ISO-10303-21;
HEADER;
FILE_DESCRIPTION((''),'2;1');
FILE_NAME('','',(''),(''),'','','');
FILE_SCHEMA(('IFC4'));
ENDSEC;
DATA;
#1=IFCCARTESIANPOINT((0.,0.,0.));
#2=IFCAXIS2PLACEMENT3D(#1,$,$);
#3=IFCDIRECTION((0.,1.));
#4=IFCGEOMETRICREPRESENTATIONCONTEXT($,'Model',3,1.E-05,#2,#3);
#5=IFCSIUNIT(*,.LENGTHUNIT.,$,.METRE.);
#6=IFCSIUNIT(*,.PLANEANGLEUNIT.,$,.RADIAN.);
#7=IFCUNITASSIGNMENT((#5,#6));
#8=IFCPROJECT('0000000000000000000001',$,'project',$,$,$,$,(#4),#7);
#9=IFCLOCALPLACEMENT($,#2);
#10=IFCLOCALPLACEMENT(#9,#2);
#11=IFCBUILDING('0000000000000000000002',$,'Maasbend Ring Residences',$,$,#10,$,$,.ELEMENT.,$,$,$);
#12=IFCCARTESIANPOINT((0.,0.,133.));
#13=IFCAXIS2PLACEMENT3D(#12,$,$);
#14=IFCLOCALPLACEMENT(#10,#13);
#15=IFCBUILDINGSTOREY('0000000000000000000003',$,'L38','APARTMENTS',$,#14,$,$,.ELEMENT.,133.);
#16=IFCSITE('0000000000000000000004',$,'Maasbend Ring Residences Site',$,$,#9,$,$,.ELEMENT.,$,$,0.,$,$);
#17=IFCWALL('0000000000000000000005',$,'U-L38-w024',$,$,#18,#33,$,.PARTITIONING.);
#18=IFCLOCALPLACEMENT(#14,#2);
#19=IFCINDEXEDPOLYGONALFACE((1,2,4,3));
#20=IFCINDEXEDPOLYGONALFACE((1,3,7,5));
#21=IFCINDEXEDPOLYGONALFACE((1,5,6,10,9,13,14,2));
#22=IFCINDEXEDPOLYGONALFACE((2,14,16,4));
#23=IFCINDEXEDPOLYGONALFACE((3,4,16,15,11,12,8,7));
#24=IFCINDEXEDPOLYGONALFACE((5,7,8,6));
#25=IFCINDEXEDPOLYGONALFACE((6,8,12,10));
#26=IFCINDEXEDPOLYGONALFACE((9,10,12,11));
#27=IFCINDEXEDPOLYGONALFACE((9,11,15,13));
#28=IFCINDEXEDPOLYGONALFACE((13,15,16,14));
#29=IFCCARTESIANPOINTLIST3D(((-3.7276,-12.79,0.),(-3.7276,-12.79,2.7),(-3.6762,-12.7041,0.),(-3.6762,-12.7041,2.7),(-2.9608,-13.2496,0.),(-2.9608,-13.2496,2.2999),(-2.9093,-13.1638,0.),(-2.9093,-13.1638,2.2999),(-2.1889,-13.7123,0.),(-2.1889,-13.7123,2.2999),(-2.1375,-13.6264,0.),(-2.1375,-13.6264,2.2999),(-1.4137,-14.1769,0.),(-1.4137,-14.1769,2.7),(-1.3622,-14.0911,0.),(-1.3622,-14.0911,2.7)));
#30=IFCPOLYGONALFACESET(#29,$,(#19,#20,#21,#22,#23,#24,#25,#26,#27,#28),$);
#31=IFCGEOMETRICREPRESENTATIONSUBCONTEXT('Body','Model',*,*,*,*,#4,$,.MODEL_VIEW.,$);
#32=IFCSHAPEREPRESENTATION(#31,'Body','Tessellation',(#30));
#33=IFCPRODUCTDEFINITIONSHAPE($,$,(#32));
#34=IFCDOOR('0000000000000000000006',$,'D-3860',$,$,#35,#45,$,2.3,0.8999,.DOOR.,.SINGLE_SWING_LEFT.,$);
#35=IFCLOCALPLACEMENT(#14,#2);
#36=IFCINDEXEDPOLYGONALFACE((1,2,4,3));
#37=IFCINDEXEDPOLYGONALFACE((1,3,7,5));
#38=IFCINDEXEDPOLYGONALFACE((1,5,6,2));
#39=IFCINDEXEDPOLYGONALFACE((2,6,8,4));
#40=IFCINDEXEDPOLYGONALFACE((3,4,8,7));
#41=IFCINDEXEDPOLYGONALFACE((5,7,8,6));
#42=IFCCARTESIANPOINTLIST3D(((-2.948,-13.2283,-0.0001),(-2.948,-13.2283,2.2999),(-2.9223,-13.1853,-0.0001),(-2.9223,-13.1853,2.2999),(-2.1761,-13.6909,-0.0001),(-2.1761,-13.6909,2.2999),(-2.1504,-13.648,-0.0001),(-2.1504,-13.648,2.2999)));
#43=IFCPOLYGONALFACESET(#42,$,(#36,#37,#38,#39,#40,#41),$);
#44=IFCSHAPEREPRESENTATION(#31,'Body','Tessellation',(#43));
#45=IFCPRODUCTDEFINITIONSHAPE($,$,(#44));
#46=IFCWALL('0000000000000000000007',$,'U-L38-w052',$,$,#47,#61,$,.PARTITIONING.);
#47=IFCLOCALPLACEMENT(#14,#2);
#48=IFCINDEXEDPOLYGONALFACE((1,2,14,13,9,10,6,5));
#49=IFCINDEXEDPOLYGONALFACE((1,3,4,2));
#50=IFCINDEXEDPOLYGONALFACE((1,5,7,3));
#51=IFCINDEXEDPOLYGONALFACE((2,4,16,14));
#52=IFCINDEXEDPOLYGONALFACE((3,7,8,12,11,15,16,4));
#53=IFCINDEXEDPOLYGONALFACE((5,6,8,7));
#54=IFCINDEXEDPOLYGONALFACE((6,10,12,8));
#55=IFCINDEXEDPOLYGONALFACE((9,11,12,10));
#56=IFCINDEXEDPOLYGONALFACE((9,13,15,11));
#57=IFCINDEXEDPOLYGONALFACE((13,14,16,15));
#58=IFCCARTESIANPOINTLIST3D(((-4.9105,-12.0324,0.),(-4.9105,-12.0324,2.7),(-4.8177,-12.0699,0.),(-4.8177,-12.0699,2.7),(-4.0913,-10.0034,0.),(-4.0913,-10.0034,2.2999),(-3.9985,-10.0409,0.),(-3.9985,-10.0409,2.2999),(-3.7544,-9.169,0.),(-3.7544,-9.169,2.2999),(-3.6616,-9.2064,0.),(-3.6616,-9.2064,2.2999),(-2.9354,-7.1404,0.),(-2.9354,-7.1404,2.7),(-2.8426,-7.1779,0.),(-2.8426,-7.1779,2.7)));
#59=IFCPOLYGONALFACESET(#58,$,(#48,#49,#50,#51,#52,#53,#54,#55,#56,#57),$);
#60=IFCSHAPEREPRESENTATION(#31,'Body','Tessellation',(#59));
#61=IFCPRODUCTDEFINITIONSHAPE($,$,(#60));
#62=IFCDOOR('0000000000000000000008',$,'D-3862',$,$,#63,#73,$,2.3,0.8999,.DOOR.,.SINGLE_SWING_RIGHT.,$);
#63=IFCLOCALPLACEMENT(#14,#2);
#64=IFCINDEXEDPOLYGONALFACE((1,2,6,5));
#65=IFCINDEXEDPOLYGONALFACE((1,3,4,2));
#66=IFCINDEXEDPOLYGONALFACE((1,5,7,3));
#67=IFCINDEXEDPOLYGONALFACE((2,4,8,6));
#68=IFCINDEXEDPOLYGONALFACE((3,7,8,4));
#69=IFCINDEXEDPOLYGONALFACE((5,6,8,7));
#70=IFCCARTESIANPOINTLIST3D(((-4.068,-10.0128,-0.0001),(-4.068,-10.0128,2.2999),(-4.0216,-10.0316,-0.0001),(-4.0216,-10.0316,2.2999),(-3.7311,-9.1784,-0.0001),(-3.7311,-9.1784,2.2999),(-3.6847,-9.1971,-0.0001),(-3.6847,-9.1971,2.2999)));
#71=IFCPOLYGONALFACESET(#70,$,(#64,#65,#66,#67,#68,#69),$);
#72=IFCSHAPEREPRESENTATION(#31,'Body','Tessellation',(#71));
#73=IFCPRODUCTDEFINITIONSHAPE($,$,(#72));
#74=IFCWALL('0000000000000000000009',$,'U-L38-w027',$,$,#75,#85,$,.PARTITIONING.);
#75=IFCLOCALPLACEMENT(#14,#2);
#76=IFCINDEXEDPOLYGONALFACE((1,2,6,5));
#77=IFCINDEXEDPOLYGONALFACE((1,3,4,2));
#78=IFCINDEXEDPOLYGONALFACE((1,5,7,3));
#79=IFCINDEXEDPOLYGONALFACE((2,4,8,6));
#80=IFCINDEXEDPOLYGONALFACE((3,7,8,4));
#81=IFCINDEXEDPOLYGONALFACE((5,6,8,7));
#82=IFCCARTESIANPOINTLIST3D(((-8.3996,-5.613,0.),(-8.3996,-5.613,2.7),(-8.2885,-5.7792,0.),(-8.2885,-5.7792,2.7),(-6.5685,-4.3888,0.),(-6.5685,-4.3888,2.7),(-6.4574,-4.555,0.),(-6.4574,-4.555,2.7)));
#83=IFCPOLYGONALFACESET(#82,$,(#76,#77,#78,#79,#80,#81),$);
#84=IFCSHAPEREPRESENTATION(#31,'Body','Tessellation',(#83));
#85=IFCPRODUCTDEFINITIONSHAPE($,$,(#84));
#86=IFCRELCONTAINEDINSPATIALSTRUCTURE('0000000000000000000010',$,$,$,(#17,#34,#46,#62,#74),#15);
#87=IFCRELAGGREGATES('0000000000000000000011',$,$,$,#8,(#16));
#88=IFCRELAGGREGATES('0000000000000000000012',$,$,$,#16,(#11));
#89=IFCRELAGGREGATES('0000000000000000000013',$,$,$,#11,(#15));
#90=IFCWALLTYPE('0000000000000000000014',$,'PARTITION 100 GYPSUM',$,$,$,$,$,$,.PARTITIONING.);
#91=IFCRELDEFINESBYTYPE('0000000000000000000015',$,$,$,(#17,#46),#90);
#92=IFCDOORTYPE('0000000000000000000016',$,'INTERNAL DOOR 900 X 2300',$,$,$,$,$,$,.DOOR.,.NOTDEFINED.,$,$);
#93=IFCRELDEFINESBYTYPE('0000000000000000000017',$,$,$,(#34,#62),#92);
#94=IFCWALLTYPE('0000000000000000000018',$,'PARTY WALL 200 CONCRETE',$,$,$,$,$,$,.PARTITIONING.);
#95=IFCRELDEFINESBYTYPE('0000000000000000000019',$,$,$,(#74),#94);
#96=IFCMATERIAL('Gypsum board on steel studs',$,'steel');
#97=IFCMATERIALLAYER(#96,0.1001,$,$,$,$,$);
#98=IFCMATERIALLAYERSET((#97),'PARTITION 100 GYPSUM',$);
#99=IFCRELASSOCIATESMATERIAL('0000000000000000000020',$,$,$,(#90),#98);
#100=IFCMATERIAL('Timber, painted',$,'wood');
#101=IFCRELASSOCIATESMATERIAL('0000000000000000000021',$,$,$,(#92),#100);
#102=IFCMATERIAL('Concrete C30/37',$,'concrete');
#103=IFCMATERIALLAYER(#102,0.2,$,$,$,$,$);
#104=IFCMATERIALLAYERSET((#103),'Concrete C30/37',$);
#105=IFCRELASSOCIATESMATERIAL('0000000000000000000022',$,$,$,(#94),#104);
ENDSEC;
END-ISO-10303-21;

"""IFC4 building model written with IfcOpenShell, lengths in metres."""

from ifc_helpers import new_model, si_unit, direction, frame, frame_2d, origin, place, context, subcontext, project, spatial, rectangle, extrude, material, layer, layer_set, type_object, element, fill, save


model = new_model("IFC4")

# Units and contexts
model_context = context("Model", 3, precision=1e-05, world=origin(), true_north=direction((0.0, 1.0)))
body_context = subcontext(model_context, "Body", "Model", "MODEL_VIEW")
ifc_project = project(units=[si_unit("LENGTHUNIT", "METRE"), si_unit("PLANEANGLEUNIT", "RADIAN")], contexts=[model_context])

# Site, building, storey
site_placement = place(None, origin())
site = spatial("IfcSite", under=ifc_project, at=site_placement, Name="Maasbend Ring Residences Site", CompositionType="ELEMENT", RefElevation=0.0)
building_placement = place(site_placement, origin())
building = spatial("IfcBuilding", under=site, at=building_placement, Name="Maasbend Ring Residences", CompositionType="ELEMENT")
storey_placement = place(building_placement, frame((0.0, 0.0, 133.0)))
storey = spatial("IfcBuildingStorey", under=building, at=storey_placement, Name="L38", Description="APARTMENTS", CompositionType="ELEMENT", Elevation=133.0)

# Walls, openings, doors
ifc_material_1 = material(Name="Gypsum board on steel studs", Category="steel")
ifc_layer_1 = layer(ifc_material_1, 0.1001)
ifc_layer_set_1 = layer_set([ifc_layer_1], Name="PARTITION 100 GYPSUM")
wall_type_1 = type_object("IfcWallType", Name="PARTITION 100 GYPSUM", PredefinedType="PARTITIONING", material=ifc_layer_set_1)
wall_1_placement = place(storey_placement, frame((-3.7019, -12.7471, 0.0), z_axis=(0.0, 0.0, 1.0), x_axis=(0.857724, -0.51411, 0.0)))
wall_1 = element("IfcWall", 1, at=wall_1_placement, inside=storey, type_object=wall_type_1, Name="U-L38-w024", PredefinedType="PARTITIONING", context=body_context, shape_type="SweptSolid", body=[
    extrude(rectangle(XDim=2.6978, YDim=0.1001, at=frame_2d((1.3489, 0.0))), origin(), (0.0, 0.0, 1.0), 2.7),
])
opening_1_placement = place(wall_1_placement, frame((0.894, 0.0, 0.0)))
opening_1 = element("IfcOpeningElement", 2, at=opening_1_placement, cuts=wall_1, PredefinedType="OPENING", context=body_context, shape_type="SweptSolid", body=[
    extrude(rectangle(XDim=0.8999, YDim=2.3, at=frame_2d((0.45, 1.1499))), frame((0.0, 0.0601, 0.0), z_axis=(0.0, -1.0, 0.0), x_axis=(1.0, 0.0, 0.0)), (0.0, 0.0, 1.0), 0.1201),
])
ifc_material_2 = material(Name="Timber, painted", Category="wood")
door_type = type_object("IfcDoorType", Name="INTERNAL DOOR 900 X 2300", OperationType="NOTDEFINED", PredefinedType="DOOR", material=ifc_material_2)
door_1_placement = place(opening_1_placement, origin())
door_1 = element("IfcDoor", 3, at=door_1_placement, inside=storey, type_object=door_type, Name="D-3860", OperationType="SINGLE_SWING_LEFT", OverallHeight=2.3, OverallWidth=0.8999, PredefinedType="DOOR", context=body_context, shape_type="SweptSolid", body=[
    extrude(rectangle(XDim=0.8999, YDim=2.3, at=frame_2d((0.45, 1.1499))), frame((0.0, 0.0249, 0.0), z_axis=(0.0, -1.0, 0.0), x_axis=(1.0, 0.0, 0.0)), (0.0, 0.0, 1.0), 0.05),
])
fill(opening_1, door_1)
wall_2_placement = place(storey_placement, frame((-4.864, -12.051, 0.0), z_axis=(0.0, 0.0, 1.0), x_axis=(0.374373, 0.927278, 0.0)))
wall_2 = element("IfcWall", 4, at=wall_2_placement, inside=storey, type_object=wall_type_1, Name="U-L38-w052", PredefinedType="PARTITIONING", context=body_context, shape_type="SweptSolid", body=[
    extrude(rectangle(XDim=5.2756, YDim=0.1001, at=frame_2d((2.6377, 0.0))), origin(), (0.0, 0.0, 1.0), 2.7),
])
opening_2_placement = place(wall_2_placement, frame((2.188, 0.0, 0.0)))
opening_2 = element("IfcOpeningElement", 5, at=opening_2_placement, cuts=wall_2, PredefinedType="OPENING", context=body_context, shape_type="SweptSolid", body=[
    extrude(rectangle(XDim=0.8999, YDim=2.3, at=frame_2d((0.45, 1.1499))), frame((0.0, 0.0601, 0.0), z_axis=(0.0, -1.0, 0.0), x_axis=(1.0, 0.0, 0.0)), (0.0, 0.0, 1.0), 0.1201),
])
door_2_placement = place(opening_2_placement, origin())
door_2 = element("IfcDoor", 6, at=door_2_placement, inside=storey, type_object=door_type, Name="D-3862", OperationType="SINGLE_SWING_RIGHT", OverallHeight=2.3, OverallWidth=0.8999, PredefinedType="DOOR", context=body_context, shape_type="SweptSolid", body=[
    extrude(rectangle(XDim=0.8999, YDim=2.3, at=frame_2d((0.45, 1.1499))), frame((0.0, 0.0249, 0.0), z_axis=(0.0, -1.0, 0.0), x_axis=(1.0, 0.0, 0.0)), (0.0, 0.0, 1.0), 0.05),
])
fill(opening_2, door_2)

# Wall
ifc_material_3 = material(Name="Concrete C30/37", Category="concrete")
ifc_layer_2 = layer(ifc_material_3, 0.2)
ifc_layer_set_2 = layer_set([ifc_layer_2], Name="Concrete C30/37")
wall_type_2 = type_object("IfcWallType", Name="PARTY WALL 200 CONCRETE", PredefinedType="PARTITIONING", material=ifc_layer_set_2)
wall_3_placement = place(storey_placement, frame((-6.5129, -4.4719, 0.0), z_axis=(0.0, 0.0, 1.0), x_axis=(-0.831333, -0.555774, 0.0)))
element("IfcWall", 7, at=wall_3_placement, inside=storey, type_object=wall_type_2, Name="U-L38-w027", PredefinedType="PARTITIONING", context=body_context, shape_type="SweptSolid", body=[
    extrude(rectangle(XDim=2.2026, YDim=0.2, at=frame_2d((1.1013, 0.0))), origin(), (0.0, 0.0, 1.0), 2.7),
])

save(model, "model.ifc")
